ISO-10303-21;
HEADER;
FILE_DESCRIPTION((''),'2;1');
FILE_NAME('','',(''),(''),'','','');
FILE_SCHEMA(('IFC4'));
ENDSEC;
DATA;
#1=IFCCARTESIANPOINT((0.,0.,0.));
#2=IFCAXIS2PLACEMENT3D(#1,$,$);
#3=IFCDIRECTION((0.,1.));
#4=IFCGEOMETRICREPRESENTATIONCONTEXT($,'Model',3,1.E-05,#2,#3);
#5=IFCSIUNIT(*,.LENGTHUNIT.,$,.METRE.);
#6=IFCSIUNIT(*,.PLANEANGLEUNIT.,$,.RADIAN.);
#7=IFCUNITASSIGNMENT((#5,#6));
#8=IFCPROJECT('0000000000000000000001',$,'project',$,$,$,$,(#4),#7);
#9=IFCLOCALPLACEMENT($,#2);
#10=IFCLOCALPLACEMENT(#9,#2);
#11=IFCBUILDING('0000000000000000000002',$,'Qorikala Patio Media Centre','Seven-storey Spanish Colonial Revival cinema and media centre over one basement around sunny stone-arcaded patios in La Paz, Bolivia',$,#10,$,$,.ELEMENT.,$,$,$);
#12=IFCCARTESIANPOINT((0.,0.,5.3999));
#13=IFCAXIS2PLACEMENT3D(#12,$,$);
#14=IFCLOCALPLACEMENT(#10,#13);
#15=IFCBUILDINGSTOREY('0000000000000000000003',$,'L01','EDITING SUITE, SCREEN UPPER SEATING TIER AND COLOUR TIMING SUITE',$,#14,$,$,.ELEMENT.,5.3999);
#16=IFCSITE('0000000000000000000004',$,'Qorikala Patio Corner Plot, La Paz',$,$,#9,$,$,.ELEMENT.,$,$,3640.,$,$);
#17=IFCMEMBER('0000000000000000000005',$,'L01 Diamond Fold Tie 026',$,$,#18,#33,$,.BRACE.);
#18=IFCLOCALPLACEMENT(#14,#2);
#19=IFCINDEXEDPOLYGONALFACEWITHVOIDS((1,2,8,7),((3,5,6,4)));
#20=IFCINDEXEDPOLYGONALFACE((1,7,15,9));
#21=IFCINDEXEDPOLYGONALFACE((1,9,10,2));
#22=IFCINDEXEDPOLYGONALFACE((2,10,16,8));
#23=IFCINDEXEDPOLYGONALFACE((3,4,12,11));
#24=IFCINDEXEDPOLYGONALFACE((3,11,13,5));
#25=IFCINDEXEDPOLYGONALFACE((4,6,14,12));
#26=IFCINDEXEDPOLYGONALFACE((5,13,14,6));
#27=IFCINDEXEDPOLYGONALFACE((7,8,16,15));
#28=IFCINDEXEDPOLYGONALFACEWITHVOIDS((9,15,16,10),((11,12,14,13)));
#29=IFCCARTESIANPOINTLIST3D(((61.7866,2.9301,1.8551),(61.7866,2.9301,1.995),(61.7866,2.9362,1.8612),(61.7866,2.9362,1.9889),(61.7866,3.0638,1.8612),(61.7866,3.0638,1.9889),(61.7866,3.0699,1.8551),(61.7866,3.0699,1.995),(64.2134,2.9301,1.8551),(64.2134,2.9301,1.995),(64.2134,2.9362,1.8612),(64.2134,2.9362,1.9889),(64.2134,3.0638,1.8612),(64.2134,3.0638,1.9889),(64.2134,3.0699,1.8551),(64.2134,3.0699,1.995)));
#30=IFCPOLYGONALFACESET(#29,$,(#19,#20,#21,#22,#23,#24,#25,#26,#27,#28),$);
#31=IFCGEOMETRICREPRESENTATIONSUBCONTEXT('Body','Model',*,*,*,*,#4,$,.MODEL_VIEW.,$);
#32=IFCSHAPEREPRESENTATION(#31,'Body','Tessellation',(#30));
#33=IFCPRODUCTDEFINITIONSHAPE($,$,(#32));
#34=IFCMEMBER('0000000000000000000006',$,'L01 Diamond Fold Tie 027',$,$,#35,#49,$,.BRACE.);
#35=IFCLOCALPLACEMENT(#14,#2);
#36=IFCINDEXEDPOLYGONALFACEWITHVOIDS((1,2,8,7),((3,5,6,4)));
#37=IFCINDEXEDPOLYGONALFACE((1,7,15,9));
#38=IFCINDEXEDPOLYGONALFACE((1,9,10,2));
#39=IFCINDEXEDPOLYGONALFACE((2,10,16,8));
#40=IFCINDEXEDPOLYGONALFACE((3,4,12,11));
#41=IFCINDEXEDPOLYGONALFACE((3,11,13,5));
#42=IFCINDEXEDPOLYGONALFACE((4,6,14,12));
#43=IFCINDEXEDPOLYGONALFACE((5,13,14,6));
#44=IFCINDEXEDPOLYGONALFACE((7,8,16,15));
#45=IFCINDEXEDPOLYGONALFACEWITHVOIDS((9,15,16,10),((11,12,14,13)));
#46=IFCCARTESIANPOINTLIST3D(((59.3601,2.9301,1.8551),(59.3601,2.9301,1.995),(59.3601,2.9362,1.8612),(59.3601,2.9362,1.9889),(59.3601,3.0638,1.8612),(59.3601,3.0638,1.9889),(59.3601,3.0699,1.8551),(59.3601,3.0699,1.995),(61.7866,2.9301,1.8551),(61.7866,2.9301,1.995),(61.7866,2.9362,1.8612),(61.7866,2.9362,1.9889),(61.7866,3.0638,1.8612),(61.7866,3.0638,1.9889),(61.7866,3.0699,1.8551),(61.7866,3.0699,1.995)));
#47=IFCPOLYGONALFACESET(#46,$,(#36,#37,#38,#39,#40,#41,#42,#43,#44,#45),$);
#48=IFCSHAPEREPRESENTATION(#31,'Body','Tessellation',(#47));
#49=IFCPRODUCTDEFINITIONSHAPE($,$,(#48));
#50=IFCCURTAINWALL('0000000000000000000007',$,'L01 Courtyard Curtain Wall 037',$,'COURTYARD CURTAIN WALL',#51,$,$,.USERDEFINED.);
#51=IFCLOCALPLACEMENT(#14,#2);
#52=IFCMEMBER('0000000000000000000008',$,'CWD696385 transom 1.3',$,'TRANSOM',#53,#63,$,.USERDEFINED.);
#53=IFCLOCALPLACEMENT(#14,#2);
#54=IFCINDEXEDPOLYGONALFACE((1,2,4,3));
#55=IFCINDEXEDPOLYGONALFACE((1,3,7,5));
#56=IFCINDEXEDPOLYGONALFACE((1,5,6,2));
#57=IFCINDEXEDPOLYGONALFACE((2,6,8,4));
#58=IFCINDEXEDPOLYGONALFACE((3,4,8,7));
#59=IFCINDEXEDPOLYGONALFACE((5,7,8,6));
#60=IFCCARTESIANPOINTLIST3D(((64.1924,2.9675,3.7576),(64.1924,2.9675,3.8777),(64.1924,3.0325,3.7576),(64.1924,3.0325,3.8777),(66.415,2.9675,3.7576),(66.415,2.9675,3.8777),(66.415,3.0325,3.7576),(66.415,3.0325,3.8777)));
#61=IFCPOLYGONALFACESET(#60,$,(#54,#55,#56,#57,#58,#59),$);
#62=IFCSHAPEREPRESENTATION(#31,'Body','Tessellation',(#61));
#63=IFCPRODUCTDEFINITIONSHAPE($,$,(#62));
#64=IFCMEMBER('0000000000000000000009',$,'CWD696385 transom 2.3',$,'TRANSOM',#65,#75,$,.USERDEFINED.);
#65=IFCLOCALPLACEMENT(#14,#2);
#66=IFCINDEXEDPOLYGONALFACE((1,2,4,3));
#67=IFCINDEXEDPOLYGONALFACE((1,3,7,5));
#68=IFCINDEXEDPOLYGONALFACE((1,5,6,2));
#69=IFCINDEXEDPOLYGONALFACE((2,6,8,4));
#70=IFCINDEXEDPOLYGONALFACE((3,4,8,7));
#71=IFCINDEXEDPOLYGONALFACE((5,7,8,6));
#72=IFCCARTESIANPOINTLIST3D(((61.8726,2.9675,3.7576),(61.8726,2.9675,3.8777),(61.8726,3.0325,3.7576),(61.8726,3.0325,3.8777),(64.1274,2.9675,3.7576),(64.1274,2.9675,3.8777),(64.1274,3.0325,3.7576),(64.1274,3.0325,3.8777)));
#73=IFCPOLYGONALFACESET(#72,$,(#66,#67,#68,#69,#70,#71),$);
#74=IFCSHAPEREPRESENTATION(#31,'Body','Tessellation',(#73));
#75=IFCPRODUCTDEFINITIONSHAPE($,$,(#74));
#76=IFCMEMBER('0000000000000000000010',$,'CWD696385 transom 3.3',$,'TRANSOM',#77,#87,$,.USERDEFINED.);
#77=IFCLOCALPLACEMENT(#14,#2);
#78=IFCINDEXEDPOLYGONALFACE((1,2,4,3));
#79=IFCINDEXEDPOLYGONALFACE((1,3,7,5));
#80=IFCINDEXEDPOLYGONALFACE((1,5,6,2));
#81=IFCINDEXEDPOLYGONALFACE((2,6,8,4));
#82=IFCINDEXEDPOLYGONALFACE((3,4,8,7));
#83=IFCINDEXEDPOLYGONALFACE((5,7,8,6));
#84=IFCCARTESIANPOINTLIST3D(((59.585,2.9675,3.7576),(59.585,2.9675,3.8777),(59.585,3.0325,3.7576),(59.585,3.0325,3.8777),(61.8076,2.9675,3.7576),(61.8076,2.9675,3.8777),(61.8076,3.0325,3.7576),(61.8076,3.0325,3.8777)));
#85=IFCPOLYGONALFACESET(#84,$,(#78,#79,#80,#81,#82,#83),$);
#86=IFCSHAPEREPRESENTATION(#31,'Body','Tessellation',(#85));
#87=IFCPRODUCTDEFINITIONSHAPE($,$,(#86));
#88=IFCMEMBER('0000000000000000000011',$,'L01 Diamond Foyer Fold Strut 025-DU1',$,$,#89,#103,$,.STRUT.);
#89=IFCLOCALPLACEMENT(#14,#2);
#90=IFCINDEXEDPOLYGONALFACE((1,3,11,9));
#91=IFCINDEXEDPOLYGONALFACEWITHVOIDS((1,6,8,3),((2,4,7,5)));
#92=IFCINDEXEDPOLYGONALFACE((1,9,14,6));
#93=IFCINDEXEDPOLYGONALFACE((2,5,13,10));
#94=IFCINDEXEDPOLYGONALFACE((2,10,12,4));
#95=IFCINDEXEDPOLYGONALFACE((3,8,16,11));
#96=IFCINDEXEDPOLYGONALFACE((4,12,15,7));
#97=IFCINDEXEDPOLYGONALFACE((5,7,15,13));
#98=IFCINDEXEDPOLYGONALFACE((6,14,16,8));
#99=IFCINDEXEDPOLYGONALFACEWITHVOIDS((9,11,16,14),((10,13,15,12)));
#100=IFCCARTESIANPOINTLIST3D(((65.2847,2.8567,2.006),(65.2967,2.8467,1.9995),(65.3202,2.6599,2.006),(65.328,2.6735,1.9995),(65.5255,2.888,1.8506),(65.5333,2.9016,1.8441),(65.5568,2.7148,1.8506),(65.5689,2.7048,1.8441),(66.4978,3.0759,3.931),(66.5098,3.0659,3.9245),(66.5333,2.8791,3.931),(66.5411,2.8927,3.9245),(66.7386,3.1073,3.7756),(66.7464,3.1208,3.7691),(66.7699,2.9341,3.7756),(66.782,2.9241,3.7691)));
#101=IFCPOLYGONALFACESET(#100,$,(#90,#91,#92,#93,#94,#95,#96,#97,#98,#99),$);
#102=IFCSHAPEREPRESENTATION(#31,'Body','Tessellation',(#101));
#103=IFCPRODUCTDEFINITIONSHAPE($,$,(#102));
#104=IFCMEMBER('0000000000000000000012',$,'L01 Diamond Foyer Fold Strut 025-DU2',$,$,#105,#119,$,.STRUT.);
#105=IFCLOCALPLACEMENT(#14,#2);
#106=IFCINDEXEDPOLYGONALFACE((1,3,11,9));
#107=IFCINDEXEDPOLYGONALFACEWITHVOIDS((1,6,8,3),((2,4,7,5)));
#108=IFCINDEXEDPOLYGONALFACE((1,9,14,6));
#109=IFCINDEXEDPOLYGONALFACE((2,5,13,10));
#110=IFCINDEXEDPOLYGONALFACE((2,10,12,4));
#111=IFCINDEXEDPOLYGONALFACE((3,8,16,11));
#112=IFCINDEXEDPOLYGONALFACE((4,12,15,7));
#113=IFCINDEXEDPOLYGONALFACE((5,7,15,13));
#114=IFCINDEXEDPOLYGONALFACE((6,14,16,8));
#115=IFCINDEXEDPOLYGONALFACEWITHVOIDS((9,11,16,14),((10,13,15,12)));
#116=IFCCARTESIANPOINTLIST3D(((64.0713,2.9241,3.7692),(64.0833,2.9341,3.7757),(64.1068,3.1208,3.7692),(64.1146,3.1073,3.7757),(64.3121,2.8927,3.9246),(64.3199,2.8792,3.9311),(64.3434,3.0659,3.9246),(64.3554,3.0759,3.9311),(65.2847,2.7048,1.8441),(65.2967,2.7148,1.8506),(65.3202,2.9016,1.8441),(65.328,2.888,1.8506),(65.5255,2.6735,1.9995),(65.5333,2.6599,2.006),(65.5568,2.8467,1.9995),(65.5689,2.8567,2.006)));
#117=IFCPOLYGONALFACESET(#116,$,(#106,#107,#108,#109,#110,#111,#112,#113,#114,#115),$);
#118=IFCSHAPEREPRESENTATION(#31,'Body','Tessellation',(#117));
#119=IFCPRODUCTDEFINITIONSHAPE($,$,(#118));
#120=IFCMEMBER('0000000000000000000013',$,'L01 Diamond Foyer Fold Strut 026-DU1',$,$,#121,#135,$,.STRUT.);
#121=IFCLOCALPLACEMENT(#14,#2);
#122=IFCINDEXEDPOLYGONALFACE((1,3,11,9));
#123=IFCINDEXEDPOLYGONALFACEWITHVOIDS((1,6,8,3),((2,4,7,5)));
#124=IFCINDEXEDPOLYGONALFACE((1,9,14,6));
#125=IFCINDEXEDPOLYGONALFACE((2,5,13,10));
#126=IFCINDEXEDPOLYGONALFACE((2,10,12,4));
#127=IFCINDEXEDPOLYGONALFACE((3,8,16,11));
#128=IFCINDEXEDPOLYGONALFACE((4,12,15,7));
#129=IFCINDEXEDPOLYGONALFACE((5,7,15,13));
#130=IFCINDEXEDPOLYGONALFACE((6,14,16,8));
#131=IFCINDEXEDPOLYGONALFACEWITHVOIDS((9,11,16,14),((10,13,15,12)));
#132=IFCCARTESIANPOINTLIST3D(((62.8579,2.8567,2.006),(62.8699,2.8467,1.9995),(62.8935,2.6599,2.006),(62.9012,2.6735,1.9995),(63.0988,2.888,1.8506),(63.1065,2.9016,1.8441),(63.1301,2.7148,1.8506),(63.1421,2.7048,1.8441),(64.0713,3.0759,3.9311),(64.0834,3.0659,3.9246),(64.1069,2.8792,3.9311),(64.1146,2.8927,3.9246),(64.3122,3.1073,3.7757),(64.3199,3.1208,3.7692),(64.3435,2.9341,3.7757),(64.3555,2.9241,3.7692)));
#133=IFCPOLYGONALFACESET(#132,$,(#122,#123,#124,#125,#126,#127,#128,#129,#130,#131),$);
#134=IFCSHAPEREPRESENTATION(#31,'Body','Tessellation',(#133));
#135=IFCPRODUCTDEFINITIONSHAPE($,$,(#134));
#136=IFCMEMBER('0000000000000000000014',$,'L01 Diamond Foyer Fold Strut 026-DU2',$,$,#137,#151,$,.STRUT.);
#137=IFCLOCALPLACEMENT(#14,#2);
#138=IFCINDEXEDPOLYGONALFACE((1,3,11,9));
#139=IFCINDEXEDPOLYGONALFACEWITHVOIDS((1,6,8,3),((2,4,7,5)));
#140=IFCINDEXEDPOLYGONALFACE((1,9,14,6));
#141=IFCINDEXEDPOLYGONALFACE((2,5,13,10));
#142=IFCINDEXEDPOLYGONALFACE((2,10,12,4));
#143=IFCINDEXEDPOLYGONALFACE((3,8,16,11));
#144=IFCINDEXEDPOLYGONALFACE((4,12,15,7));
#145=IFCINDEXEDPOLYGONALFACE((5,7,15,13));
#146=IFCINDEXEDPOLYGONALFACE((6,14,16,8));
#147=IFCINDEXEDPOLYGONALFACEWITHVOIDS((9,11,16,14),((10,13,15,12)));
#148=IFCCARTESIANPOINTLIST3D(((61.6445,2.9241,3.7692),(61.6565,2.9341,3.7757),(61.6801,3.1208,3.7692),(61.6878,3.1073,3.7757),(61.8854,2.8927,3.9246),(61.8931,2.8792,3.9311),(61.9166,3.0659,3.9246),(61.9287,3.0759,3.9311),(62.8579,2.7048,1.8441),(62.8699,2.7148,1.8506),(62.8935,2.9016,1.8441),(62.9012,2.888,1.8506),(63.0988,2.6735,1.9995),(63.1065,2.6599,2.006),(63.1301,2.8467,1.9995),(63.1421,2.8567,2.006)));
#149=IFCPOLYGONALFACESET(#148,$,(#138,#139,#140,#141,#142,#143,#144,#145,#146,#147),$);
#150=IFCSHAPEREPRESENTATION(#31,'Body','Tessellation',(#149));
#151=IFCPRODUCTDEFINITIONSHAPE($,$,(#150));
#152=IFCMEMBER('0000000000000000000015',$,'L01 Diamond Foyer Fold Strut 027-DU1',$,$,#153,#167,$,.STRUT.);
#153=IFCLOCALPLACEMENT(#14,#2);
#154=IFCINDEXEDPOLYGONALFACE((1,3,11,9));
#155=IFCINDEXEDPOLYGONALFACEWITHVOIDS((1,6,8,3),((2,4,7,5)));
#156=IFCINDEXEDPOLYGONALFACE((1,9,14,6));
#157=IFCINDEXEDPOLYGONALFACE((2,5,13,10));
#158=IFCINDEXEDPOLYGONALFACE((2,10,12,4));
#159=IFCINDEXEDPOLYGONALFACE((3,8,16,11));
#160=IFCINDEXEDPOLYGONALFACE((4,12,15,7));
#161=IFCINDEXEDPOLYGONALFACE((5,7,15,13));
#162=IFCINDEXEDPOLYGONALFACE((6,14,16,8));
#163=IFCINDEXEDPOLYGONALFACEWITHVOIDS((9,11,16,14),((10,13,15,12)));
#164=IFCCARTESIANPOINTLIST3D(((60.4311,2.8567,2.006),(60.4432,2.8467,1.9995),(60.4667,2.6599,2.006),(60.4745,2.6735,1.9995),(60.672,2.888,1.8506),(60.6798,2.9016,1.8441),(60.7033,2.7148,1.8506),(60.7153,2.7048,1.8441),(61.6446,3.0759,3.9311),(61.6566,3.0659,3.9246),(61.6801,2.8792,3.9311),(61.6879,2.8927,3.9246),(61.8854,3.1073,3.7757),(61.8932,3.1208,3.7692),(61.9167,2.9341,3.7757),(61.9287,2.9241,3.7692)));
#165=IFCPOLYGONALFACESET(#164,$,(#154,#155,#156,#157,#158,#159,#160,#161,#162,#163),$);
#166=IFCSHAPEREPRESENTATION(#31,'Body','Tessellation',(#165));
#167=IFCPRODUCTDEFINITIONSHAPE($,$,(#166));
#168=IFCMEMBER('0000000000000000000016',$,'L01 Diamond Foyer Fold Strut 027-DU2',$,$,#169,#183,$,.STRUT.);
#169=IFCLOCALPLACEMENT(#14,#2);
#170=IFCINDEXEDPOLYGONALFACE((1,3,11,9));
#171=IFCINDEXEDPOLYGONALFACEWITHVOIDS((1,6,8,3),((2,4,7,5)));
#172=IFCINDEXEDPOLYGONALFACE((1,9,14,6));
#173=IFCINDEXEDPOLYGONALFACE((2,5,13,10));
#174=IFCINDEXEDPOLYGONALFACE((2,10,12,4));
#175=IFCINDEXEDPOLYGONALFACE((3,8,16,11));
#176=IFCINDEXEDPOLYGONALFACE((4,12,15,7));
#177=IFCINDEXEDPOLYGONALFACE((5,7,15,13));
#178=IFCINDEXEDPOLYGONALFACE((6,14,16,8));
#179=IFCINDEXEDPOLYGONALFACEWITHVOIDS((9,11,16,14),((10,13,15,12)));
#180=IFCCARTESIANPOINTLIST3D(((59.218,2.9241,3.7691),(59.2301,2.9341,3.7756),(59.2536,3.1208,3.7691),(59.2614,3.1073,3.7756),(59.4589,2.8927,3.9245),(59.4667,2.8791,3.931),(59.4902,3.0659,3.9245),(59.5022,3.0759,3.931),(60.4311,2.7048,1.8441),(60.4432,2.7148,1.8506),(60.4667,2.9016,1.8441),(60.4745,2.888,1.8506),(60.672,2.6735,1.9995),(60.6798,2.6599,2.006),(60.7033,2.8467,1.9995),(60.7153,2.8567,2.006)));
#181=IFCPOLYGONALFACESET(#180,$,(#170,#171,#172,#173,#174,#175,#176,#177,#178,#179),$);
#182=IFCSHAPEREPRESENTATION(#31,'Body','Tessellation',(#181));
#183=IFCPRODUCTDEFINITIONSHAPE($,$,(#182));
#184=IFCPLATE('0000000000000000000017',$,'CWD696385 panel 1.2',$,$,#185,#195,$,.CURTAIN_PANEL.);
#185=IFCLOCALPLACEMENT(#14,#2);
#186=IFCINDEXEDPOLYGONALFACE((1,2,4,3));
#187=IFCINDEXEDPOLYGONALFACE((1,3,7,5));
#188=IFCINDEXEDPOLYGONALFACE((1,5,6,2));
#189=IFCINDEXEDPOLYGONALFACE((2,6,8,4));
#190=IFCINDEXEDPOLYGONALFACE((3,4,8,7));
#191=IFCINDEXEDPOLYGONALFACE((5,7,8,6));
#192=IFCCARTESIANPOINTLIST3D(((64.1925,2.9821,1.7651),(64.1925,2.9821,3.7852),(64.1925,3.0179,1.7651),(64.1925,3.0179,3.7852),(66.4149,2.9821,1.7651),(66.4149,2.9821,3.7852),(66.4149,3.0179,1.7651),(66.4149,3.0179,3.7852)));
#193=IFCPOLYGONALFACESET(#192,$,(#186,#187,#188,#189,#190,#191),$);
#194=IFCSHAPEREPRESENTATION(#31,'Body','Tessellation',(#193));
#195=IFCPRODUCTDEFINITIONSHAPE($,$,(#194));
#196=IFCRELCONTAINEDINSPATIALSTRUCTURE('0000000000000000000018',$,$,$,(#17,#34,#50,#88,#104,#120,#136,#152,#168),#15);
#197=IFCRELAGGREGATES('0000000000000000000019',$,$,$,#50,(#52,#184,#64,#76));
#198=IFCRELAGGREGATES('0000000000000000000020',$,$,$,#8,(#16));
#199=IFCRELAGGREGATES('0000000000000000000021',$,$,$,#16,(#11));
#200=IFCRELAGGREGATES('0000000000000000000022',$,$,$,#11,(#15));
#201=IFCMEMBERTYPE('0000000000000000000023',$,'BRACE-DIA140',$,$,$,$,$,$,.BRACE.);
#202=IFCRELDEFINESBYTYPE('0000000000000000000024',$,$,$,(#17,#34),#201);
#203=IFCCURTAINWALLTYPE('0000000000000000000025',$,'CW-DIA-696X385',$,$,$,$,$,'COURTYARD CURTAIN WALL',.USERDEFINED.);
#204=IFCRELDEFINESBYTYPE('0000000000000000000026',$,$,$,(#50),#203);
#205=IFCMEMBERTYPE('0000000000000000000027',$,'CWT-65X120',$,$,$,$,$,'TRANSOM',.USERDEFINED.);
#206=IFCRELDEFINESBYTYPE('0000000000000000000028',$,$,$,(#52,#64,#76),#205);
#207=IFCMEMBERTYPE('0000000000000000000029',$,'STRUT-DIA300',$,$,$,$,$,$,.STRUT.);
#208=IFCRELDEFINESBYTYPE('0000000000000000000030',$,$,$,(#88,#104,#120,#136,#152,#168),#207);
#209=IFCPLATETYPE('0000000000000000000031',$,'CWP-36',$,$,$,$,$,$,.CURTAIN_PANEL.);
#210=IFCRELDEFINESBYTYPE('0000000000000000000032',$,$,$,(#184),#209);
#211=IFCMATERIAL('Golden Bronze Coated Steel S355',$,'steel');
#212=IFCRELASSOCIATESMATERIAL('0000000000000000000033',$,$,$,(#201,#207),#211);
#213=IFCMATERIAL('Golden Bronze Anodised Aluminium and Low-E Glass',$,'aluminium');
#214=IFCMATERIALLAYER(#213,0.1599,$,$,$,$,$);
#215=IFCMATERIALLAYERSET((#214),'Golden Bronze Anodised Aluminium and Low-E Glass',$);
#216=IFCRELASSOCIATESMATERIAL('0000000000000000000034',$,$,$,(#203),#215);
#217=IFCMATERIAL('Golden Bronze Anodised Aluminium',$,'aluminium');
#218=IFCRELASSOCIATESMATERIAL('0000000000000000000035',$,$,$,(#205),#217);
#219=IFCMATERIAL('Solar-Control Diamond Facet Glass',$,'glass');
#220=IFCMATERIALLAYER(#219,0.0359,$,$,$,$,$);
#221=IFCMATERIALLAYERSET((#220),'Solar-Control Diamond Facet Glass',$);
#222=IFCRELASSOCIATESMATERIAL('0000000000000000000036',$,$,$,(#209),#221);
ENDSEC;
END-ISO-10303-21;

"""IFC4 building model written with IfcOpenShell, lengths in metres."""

from ifc_helpers import new_model, si_unit, direction, frame, origin, origin_2d, place, context, subcontext, project, spatial, rectangle, hollow_rectangle, extrude, material, layer, layer_set, material_profile, profile_set, type_object, element, aggregate, save


model = new_model("IFC4")

# Units and contexts
model_context = context("Model", 3, precision=1e-05, world=origin(), true_north=direction((0.0, 1.0)))
body_context = subcontext(model_context, "Body", "Model", "MODEL_VIEW")
ifc_project = project(units=[si_unit("LENGTHUNIT", "METRE"), si_unit("PLANEANGLEUNIT", "RADIAN")], contexts=[model_context])

# Site, building, storey
site_placement = place(None, origin())
site = spatial("IfcSite", under=ifc_project, at=site_placement, Name="Qorikala Patio Corner Plot, La Paz", CompositionType="ELEMENT", RefElevation=3640.0)
building_placement = place(site_placement, origin())
building = spatial("IfcBuilding", under=site, at=building_placement, Name="Qorikala Patio Media Centre", Description="Seven-storey Spanish Colonial Revival cinema and media centre over one basement around sunny stone-arcaded patios in La Paz, Bolivia", CompositionType="ELEMENT")
storey_placement = place(building_placement, frame((0.0, 0.0, 5.3999)))
storey = spatial("IfcBuildingStorey", under=building, at=storey_placement, Name="L01", Description="EDITING SUITE, SCREEN UPPER SEATING TIER AND COLOUR TIMING SUITE", CompositionType="ELEMENT", Elevation=5.3999)

# Members
ifc_material_1 = material(Name="Golden Bronze Coated Steel S355", Category="steel")
ifc_material_profile_1 = material_profile(ifc_material_1, hollow_rectangle(XDim=0.1399, YDim=0.1399, WallThickness=0.0061, at=origin_2d()), Name="HSS140X140X6")
ifc_profile_set_1 = profile_set([ifc_material_profile_1], Name="Golden Bronze Coated Steel S355")
member_type_1 = type_object("IfcMemberType", Name="BRACE-DIA140", PredefinedType="BRACE", material=ifc_profile_set_1)
member_1_placement = place(storey_placement, frame((64.2134, 3.0, 1.925), z_axis=(-1.0, 0.0, 0.0), x_axis=(0.0, -1.0, 0.0)))
element("IfcMember", 1, at=member_1_placement, inside=storey, type_object=member_type_1, Name="L01 Diamond Fold Tie 026", PredefinedType="BRACE", context=body_context, shape_type="SweptSolid", body=[
    extrude(hollow_rectangle(XDim=0.1399, YDim=0.1399, WallThickness=0.0061, at=origin_2d()), origin(), (0.0, 0.0, 1.0), 2.4268),
])
member_2_placement = place(storey_placement, frame((61.7866, 3.0, 1.925), z_axis=(-1.0, 0.0, 0.0), x_axis=(0.0, -1.0, 0.0)))
element("IfcMember", 2, at=member_2_placement, inside=storey, type_object=member_type_1, Name="L01 Diamond Fold Tie 027", PredefinedType="BRACE", context=body_context, shape_type="SweptSolid", body=[
    extrude(hollow_rectangle(XDim=0.1399, YDim=0.1399, WallThickness=0.0061, at=origin_2d()), origin(), (0.0, 0.0, 1.0), 2.4265),
])

# Curtain wall, members
ifc_material_2 = material(Name="Golden Bronze Anodised Aluminium and Low-E Glass", Category="aluminium")
ifc_layer_1 = layer(ifc_material_2, 0.1599)
ifc_layer_set_1 = layer_set([ifc_layer_1], Name="Golden Bronze Anodised Aluminium and Low-E Glass")
curtain_wall_type = type_object("IfcCurtainWallType", Name="CW-DIA-696X385", ElementType="COURTYARD CURTAIN WALL", PredefinedType="USERDEFINED", material=ifc_layer_set_1)
curtain_wall_placement = place(storey_placement, origin())
curtain_wall = element("IfcCurtainWall", 3, at=curtain_wall_placement, inside=storey, type_object=curtain_wall_type, Name="L01 Courtyard Curtain Wall 037", ObjectType="COURTYARD CURTAIN WALL", PredefinedType="USERDEFINED")
ifc_material_3 = material(Name="Golden Bronze Anodised Aluminium", Category="aluminium")
ifc_material_profile_2 = material_profile(ifc_material_3, rectangle(XDim=0.0649, YDim=0.1201, at=origin_2d()), Name="ALU TRANSOM 65x120")
ifc_profile_set_2 = profile_set([ifc_material_profile_2], Name="Golden Bronze Anodised Aluminium")
member_type_2 = type_object("IfcMemberType", Name="CWT-65X120", ElementType="TRANSOM", PredefinedType="USERDEFINED", material=ifc_profile_set_2)
member_3_placement = place(storey_placement, frame((66.415, 3.0, 3.8176), z_axis=(-1.0, 0.0, 0.0), x_axis=(0.0, -1.0, 0.0)))
member_3 = element("IfcMember", 4, at=member_3_placement, type_object=member_type_2, Name="CWD696385 transom 1.3", ObjectType="TRANSOM", PredefinedType="USERDEFINED", context=body_context, shape_type="SweptSolid", body=[
    extrude(rectangle(XDim=0.0649, YDim=0.1201, at=origin_2d()), origin(), (0.0, 0.0, 1.0), 2.2227),
])
member_4_placement = place(storey_placement, frame((64.1274, 3.0, 3.8176), z_axis=(-1.0, 0.0, 0.0), x_axis=(0.0, -1.0, 0.0)))
member_4 = element("IfcMember", 5, at=member_4_placement, type_object=member_type_2, Name="CWD696385 transom 2.3", ObjectType="TRANSOM", PredefinedType="USERDEFINED", context=body_context, shape_type="SweptSolid", body=[
    extrude(rectangle(XDim=0.0649, YDim=0.1201, at=origin_2d()), origin(), (0.0, 0.0, 1.0), 2.2549),
])
member_5_placement = place(storey_placement, frame((61.8076, 3.0, 3.8176), z_axis=(-1.0, 0.0, 0.0), x_axis=(0.0, -1.0, 0.0)))
member_5 = element("IfcMember", 6, at=member_5_placement, type_object=member_type_2, Name="CWD696385 transom 3.3", ObjectType="TRANSOM", PredefinedType="USERDEFINED", context=body_context, shape_type="SweptSolid", body=[
    extrude(rectangle(XDim=0.0649, YDim=0.1201, at=origin_2d()), origin(), (0.0, 0.0, 1.0), 2.2227),
])

# Members
ifc_material_profile_3 = material_profile(ifc_material_1, hollow_rectangle(XDim=0.2, YDim=0.3, WallThickness=0.012, at=origin_2d()), Name="HSS300X200X12")
ifc_profile_set_3 = profile_set([ifc_material_profile_3], Name="Golden Bronze Coated Steel S355")
member_type_3 = type_object("IfcMemberType", Name="STRUT-DIA300", PredefinedType="STRUT", material=ifc_profile_set_3)
member_6_placement = place(storey_placement, frame((65.4268, 2.7808, 1.925), z_axis=(0.530691, 0.095907, 0.842121), x_axis=(-0.17784, 0.984059, 0.0)))
element("IfcMember", 7, at=member_6_placement, inside=storey, type_object=member_type_3, Name="L01 Diamond Foyer Fold Strut 025-DU1", PredefinedType="STRUT", context=body_context, shape_type="SweptSolid", body=[
    extrude(hollow_rectangle(XDim=0.2, YDim=0.3, WallThickness=0.012, at=origin_2d()), origin(), (0.0, 0.0, 1.0), 2.2859),
])
for number, where, z_axis, x_axis, name in (
    (8, (65.4268, 2.7808, 1.925), (-0.530768, 0.095901, 0.842074), (-0.177805, -0.984066, 0.0), "L01 Diamond Foyer Fold Strut 025-DU2"),
    (9, (63.0, 2.7808, 1.925), (0.530768, 0.095901, 0.842074), (-0.177805, 0.984066, 0.0), "L01 Diamond Foyer Fold Strut 026-DU1"),
    (10, (63.0, 2.7808, 1.925), (-0.530768, 0.095901, 0.842074), (-0.177805, -0.984066, 0.0), "L01 Diamond Foyer Fold Strut 026-DU2"),
    (11, (60.5732, 2.7808, 1.925), (0.530768, 0.095901, 0.842074), (-0.177805, 0.984066, 0.0), "L01 Diamond Foyer Fold Strut 027-DU1"),
):
    element("IfcMember", number, at=place(storey_placement, frame(where, z_axis=z_axis, x_axis=x_axis)), inside=storey, type_object=member_type_3, Name=name, PredefinedType="STRUT", context=body_context, shape_type="SweptSolid", body=[
        extrude(hollow_rectangle(XDim=0.2, YDim=0.3, WallThickness=0.012, at=origin_2d()), origin(), (0.0, 0.0, 1.0), 2.2861),
    ])
member_7_placement = place(storey_placement, frame((60.5732, 2.7808, 1.925), z_axis=(-0.530691, 0.095907, 0.842121), x_axis=(-0.17784, -0.984059, 0.0)))
element("IfcMember", 12, at=member_7_placement, inside=storey, type_object=member_type_3, Name="L01 Diamond Foyer Fold Strut 027-DU2", PredefinedType="STRUT", context=body_context, shape_type="SweptSolid", body=[
    extrude(hollow_rectangle(XDim=0.2, YDim=0.3, WallThickness=0.012, at=origin_2d()), origin(), (0.0, 0.0, 1.0), 2.2859),
])

# Plate
ifc_material_4 = material(Name="Solar-Control Diamond Facet Glass", Category="glass")
ifc_layer_2 = layer(ifc_material_4, 0.0359)
ifc_layer_set_2 = layer_set([ifc_layer_2], Name="Solar-Control Diamond Facet Glass")
plate_type_1 = type_object("IfcPlateType", Name="CWP-36", PredefinedType="CURTAIN_PANEL", material=ifc_layer_set_2)
plate_1_placement = place(storey_placement, frame((65.3037, 3.0, 1.7651), z_axis=(0.0, 0.0, 1.0), x_axis=(-1.0, 0.0, 0.0)))
plate_1 = element("IfcPlate", 13, at=plate_1_placement, type_object=plate_type_1, Name="CWD696385 panel 1.2", PredefinedType="CURTAIN_PANEL", context=body_context, shape_type="SweptSolid", body=[
    extrude(rectangle(XDim=2.2224, YDim=0.0359, at=origin_2d()), origin(), (0.0, 0.0, 1.0), 2.02),
])
aggregate(curtain_wall, [member_3, plate_1, member_4, member_5])

save(model, "model.ifc")
